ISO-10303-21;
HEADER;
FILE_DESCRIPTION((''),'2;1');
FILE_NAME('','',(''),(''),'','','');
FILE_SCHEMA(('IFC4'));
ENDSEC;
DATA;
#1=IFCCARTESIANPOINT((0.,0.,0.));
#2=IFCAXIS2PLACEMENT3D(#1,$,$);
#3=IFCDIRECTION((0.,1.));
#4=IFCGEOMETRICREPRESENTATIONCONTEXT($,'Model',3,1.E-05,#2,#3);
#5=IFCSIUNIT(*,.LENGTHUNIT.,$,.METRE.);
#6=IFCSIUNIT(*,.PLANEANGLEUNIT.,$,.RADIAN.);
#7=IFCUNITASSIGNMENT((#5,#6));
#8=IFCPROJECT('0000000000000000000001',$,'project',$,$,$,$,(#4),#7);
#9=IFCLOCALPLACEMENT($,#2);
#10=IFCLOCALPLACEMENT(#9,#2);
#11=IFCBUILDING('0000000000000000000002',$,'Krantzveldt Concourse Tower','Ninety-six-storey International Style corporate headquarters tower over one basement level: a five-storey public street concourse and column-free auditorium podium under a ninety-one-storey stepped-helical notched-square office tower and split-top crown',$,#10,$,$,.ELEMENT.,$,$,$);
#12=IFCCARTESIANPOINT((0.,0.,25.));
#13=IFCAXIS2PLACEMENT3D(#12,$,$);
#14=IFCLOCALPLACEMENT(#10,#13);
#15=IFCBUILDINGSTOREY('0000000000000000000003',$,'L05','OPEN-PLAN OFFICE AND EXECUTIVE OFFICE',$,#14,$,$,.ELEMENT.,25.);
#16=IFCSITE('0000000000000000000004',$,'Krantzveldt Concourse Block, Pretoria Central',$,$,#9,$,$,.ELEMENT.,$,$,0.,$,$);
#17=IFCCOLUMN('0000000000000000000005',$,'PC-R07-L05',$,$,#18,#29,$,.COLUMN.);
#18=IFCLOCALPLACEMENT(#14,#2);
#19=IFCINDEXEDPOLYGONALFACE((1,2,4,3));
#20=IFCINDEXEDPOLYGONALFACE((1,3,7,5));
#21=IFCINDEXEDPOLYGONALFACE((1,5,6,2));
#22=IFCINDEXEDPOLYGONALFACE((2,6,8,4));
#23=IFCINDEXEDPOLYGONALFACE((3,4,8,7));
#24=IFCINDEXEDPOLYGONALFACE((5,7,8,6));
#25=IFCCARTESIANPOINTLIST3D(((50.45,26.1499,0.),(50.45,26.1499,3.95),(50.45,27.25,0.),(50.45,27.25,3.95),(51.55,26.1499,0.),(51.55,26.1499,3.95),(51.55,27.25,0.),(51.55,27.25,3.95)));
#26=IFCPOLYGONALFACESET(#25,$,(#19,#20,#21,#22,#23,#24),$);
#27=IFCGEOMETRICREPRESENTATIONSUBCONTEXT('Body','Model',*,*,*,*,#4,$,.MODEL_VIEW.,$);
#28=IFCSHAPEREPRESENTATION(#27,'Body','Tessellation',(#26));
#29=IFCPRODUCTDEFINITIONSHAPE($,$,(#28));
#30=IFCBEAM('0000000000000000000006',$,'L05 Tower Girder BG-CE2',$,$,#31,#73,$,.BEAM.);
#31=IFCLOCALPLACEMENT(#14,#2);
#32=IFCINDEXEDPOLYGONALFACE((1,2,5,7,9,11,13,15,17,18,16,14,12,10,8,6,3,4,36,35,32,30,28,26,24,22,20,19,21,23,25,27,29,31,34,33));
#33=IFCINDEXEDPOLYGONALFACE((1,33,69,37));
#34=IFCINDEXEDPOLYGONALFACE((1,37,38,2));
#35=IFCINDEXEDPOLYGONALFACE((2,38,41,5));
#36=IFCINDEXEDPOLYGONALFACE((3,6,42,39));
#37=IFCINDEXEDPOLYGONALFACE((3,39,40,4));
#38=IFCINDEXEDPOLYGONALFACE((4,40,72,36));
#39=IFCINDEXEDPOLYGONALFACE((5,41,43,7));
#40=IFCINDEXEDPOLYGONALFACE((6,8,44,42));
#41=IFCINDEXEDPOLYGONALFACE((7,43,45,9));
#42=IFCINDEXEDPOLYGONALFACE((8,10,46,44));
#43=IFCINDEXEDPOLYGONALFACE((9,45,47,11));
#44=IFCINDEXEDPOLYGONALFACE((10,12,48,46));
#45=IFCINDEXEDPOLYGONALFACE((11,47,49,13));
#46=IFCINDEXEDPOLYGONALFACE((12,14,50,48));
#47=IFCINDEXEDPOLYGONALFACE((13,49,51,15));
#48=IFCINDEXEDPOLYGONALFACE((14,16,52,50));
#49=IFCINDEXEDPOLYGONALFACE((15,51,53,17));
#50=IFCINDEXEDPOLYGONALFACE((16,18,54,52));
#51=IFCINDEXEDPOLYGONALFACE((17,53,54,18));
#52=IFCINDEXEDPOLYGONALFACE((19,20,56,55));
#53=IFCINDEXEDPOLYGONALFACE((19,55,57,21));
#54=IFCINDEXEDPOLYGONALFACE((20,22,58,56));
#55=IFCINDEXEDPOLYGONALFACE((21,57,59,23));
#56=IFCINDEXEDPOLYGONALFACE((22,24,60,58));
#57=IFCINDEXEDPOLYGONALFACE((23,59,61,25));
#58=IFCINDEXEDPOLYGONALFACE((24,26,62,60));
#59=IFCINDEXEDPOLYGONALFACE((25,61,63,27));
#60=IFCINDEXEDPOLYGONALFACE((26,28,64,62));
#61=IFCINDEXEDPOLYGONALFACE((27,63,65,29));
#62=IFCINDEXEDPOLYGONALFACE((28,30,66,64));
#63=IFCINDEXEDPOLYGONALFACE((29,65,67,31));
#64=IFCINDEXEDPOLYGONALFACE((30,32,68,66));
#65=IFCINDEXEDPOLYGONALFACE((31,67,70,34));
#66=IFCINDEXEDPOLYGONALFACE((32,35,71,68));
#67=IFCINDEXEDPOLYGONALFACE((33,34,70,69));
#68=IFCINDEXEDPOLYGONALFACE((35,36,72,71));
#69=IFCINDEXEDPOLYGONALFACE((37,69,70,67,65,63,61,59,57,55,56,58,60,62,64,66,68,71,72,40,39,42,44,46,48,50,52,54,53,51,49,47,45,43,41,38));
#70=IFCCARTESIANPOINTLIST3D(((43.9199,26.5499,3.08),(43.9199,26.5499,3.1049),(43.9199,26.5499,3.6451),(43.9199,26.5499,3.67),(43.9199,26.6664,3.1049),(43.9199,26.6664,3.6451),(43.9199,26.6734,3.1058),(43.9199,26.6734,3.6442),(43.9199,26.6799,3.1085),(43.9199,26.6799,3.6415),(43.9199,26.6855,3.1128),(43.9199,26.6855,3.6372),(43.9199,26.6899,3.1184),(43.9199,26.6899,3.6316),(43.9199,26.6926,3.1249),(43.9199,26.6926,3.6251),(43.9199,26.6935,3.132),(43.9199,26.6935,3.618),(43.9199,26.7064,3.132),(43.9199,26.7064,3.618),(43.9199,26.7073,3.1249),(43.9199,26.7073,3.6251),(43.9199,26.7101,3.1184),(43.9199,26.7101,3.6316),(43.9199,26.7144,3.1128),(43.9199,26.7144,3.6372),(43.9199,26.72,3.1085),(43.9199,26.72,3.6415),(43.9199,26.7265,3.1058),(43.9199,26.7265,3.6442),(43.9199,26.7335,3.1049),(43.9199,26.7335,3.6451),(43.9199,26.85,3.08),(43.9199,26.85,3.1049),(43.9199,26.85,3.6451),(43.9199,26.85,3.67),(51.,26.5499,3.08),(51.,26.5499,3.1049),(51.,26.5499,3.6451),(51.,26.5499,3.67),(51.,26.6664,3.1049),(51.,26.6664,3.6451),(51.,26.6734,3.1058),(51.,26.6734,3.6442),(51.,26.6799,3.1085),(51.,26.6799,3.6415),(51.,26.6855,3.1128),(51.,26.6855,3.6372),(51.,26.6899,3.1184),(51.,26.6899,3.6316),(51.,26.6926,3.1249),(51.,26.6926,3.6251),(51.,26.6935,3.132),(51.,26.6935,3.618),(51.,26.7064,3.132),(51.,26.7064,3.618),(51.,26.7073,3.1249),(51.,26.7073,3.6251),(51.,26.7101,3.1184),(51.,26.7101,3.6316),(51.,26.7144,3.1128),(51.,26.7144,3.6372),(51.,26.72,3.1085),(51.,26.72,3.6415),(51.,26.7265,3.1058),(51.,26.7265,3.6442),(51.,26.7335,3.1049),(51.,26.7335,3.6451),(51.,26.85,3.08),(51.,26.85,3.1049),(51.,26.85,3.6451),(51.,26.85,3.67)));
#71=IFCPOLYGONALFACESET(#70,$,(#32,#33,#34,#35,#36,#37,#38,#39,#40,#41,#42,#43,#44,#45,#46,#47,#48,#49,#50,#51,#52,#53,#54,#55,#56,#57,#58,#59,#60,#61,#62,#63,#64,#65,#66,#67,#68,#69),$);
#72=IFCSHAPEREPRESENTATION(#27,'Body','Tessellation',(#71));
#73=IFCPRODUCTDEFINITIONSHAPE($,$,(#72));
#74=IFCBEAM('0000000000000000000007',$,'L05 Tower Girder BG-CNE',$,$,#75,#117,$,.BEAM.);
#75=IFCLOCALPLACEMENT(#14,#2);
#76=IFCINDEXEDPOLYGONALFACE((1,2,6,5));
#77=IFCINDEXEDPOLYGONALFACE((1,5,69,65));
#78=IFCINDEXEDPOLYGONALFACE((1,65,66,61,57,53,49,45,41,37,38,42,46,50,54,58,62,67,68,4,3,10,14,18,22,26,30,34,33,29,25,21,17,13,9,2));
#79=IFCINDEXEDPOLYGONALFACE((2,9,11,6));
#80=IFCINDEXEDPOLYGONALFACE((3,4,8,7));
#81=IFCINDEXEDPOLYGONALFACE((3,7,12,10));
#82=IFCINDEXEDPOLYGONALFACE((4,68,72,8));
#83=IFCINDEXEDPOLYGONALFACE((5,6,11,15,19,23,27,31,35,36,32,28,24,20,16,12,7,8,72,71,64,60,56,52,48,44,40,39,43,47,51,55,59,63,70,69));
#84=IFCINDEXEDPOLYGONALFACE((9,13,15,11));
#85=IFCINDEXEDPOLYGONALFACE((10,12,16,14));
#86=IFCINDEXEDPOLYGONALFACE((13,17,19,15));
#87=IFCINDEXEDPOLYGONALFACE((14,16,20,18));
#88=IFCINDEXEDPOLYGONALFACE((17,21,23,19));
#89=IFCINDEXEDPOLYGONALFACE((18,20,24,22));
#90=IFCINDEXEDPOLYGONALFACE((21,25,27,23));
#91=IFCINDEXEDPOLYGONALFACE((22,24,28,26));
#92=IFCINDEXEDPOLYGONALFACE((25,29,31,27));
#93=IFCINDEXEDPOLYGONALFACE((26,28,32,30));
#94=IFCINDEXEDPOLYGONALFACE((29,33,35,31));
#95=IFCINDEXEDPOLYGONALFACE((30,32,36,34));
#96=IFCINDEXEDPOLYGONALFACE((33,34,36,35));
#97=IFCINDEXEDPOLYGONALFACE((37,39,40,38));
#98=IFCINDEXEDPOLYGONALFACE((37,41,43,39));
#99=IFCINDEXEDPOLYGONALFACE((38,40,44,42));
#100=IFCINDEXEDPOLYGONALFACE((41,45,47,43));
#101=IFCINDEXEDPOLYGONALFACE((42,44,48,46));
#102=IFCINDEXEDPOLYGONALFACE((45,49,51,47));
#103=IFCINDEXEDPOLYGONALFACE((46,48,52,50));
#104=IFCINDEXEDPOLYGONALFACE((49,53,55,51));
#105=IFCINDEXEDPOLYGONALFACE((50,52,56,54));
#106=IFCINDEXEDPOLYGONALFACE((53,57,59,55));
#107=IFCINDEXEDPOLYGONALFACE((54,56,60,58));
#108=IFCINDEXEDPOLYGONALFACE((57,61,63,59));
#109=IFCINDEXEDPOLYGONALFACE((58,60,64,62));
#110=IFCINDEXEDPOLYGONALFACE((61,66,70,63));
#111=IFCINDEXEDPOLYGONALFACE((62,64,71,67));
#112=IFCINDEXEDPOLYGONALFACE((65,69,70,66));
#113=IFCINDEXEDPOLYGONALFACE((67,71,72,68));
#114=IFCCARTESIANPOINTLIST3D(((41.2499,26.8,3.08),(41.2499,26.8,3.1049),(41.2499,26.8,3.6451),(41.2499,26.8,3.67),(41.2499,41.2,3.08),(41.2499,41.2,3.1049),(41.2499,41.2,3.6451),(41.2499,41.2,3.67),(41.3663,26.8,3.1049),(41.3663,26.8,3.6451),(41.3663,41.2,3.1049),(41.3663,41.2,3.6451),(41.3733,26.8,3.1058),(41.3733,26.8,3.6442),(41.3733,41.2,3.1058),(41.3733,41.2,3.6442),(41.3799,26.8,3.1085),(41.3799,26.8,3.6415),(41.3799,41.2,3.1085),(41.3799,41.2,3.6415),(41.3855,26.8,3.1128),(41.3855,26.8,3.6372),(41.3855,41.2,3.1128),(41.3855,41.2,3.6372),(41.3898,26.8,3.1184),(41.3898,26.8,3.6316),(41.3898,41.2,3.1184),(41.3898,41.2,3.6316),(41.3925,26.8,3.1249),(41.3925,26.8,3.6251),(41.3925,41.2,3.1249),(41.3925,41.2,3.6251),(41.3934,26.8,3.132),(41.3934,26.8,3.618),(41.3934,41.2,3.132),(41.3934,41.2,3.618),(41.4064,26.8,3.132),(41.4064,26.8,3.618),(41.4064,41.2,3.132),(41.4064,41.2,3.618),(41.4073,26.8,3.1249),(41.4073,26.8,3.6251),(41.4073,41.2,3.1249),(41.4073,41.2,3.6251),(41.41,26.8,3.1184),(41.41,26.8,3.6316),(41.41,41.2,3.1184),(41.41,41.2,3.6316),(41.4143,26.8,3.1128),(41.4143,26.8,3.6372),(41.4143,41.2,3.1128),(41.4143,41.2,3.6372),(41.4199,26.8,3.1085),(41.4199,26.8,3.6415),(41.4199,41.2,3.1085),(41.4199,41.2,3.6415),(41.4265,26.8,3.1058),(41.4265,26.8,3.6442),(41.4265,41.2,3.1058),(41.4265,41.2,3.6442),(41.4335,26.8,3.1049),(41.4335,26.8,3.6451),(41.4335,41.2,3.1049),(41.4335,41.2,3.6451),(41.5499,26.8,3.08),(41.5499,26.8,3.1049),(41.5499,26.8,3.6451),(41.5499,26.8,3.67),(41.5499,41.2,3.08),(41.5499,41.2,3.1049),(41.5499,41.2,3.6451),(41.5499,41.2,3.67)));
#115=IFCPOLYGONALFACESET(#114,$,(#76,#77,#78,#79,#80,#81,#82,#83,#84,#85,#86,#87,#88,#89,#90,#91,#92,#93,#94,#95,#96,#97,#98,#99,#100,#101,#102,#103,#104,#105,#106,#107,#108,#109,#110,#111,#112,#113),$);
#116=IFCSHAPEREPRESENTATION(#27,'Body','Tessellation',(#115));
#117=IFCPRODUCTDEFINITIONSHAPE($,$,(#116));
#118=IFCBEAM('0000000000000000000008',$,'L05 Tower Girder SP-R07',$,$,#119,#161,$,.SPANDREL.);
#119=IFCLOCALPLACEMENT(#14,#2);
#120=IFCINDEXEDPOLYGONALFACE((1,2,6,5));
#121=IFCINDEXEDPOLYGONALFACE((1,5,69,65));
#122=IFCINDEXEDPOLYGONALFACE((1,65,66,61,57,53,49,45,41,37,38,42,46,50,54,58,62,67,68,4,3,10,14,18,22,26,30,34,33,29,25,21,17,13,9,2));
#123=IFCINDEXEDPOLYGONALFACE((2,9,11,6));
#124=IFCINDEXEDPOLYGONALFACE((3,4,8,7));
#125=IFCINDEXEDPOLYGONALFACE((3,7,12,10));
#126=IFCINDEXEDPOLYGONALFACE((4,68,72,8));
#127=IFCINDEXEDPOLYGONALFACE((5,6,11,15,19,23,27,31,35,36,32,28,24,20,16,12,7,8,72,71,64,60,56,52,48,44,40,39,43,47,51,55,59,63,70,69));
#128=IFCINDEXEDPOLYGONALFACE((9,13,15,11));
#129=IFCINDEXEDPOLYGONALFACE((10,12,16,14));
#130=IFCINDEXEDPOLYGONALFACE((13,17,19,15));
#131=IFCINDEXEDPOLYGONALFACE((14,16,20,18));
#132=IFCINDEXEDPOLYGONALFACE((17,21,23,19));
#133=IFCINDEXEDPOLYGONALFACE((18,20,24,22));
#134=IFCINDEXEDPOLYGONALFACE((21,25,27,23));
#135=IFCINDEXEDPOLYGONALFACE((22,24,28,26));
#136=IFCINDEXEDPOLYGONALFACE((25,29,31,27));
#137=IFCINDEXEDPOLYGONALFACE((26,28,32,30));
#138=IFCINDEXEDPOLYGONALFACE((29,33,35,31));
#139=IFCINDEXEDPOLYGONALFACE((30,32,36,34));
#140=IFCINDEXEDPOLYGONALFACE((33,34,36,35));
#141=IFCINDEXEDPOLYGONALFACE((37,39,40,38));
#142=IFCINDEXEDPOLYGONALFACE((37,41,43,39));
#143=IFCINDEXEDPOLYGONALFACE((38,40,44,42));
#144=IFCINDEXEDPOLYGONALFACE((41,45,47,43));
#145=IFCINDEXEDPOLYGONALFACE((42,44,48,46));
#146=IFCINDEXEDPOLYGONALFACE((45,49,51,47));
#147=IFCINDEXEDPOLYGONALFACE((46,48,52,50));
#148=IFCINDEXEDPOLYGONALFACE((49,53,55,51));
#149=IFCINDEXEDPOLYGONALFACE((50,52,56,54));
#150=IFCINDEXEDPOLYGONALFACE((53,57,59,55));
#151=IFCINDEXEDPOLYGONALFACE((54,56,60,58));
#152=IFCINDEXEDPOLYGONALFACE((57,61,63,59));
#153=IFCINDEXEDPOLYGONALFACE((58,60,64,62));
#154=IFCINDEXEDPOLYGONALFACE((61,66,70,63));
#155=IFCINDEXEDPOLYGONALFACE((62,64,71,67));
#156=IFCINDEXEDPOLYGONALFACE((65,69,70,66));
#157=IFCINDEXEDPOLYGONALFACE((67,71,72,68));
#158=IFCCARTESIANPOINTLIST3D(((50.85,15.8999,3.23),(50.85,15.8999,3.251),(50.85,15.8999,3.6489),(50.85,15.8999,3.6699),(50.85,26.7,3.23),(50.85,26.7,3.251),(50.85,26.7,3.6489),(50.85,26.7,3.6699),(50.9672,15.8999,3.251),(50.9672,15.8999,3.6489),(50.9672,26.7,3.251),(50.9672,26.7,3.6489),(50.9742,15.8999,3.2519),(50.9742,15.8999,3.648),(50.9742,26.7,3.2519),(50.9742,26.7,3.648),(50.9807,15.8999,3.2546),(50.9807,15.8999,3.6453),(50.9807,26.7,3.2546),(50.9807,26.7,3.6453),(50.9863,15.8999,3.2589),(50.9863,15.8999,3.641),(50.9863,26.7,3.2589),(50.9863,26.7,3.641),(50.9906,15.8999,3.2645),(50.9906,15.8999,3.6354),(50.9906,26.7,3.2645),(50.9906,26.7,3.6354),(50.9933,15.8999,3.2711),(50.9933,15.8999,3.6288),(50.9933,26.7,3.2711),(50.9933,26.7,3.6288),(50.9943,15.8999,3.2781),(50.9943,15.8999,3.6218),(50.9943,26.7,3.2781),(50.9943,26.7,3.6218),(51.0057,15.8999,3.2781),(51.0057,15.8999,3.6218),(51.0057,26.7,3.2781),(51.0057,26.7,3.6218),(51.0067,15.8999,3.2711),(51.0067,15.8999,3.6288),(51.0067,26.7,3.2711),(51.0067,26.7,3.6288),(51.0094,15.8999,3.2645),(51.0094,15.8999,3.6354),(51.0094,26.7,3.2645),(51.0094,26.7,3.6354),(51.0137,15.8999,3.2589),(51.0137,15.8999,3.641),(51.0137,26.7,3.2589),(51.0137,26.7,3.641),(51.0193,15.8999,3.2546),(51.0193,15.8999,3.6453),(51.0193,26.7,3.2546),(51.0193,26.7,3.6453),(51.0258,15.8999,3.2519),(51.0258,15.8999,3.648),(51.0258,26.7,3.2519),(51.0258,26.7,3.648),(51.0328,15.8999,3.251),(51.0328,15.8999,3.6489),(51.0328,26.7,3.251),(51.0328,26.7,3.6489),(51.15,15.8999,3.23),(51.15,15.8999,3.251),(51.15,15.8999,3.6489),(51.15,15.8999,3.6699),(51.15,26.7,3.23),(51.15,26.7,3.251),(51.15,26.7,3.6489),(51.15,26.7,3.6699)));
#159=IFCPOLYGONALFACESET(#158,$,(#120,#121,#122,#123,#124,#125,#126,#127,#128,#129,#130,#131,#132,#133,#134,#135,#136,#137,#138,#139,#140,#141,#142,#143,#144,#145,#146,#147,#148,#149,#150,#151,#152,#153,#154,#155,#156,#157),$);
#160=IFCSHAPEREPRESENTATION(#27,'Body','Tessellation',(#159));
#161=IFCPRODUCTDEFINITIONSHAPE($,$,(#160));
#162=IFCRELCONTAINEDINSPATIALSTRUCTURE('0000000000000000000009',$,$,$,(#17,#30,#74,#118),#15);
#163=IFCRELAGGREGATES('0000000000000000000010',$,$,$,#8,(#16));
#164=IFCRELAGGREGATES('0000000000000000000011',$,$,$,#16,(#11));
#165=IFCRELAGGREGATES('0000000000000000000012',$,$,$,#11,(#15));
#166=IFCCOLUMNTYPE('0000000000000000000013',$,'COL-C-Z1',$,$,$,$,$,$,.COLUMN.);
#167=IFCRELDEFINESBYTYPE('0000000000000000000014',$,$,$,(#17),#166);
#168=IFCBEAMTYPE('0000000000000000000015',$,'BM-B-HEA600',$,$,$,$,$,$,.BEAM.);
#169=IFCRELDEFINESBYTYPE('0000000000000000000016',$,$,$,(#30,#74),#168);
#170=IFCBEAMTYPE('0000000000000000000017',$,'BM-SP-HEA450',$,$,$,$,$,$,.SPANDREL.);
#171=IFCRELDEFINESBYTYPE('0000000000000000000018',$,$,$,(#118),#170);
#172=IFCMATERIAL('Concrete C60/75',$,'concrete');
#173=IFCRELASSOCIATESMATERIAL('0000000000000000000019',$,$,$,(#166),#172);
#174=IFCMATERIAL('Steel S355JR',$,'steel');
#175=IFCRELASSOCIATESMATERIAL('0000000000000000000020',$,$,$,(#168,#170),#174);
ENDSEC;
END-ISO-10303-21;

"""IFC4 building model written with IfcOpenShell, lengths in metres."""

from ifc_helpers import new_model, si_unit, direction, frame, origin, origin_2d, place, context, subcontext, project, spatial, rectangle, i_section, extrude, source, transform, mapped, material, material_profile, profile_set, type_object, type_shapes, element, save


model = new_model("IFC4")

# Units and contexts
model_context = context("Model", 3, precision=1e-05, world=origin(), true_north=direction((0.0, 1.0)))
body_context = subcontext(model_context, "Body", "Model", "MODEL_VIEW")
ifc_project = project(units=[si_unit("LENGTHUNIT", "METRE"), si_unit("PLANEANGLEUNIT", "RADIAN")], contexts=[model_context])

# Site, building, storey
site_placement = place(None, origin())
site = spatial("IfcSite", under=ifc_project, at=site_placement, Name="Krantzveldt Concourse Block, Pretoria Central", CompositionType="ELEMENT", RefElevation=0.0)
building_placement = place(site_placement, origin())
building = spatial("IfcBuilding", under=site, at=building_placement, Name="Krantzveldt Concourse Tower", Description="Ninety-six-storey International Style corporate headquarters tower over one basement level: a five-storey public street concourse and column-free auditorium podium under a ninety-one-storey stepped-helical notched-square office tower and split-top crown", CompositionType="ELEMENT")
storey_placement = place(building_placement, frame((0.0, 0.0, 25.0)))
storey = spatial("IfcBuildingStorey", under=building, at=storey_placement, Name="L05", Description="OPEN-PLAN OFFICE AND EXECUTIVE OFFICE", CompositionType="ELEMENT", Elevation=25.0)

# Column
ifc_material_1 = material(Name="Concrete C60/75", Category="concrete")
ifc_material_profile_1 = material_profile(ifc_material_1, rectangle(XDim=1.1001, YDim=1.1001, at=origin_2d()), Name="Concrete C60/75", Category="concrete")
ifc_profile_set_1 = profile_set([ifc_material_profile_1], Name="Concrete C60/75 - RC 1100x1100")
column_type = type_object("IfcColumnType", Name="COL-C-Z1", PredefinedType="COLUMN", material=ifc_profile_set_1)
shared_shape_1 = source(origin(), body_context, "Body", "SweptSolid", [
    extrude(rectangle(XDim=1.1001, YDim=1.1001, at=origin_2d()), origin(), (0.0, 0.0, 1.0), 3.95),
])
type_shapes(column_type, [shared_shape_1])
column_placement = place(storey_placement, frame((51.0, 26.7, 0.0), z_axis=(0.0, 0.0, 1.0), x_axis=(1.0, 0.0, 0.0)))
element("IfcColumn", 1, at=column_placement, inside=storey, type_object=column_type, Name="PC-R07-L05", PredefinedType="COLUMN", context=body_context, shape_type="MappedRepresentation", body=[
    mapped(shared_shape_1, transform((0.0, 0.0, 0.0), x_axis=(1.0, 0.0, 0.0), y_axis=(0.0, 1.0, 0.0), z_axis=(0.0, 0.0, 1.0), scale=1.0)),
])

# Beams
ifc_material_2 = material(Name="Steel S355JR", Category="steel")
ifc_material_profile_2 = material_profile(ifc_material_2, i_section(OverallWidth=0.3, OverallDepth=0.5901, WebThickness=0.0129, FlangeThickness=0.0249, FilletRadius=0.0271, at=origin_2d()), Name="Steel S355JR", Category="steel")
ifc_profile_set_2 = profile_set([ifc_material_profile_2], Name="Steel S355JR - HEA 600")
beam_type_1 = type_object("IfcBeamType", Name="BM-B-HEA600", PredefinedType="BEAM", material=ifc_profile_set_2)
shared_shape_2 = source(origin(), body_context, "Body", "SweptSolid", [
    extrude(i_section(OverallWidth=0.3, OverallDepth=0.5901, WebThickness=0.0129, FlangeThickness=0.0249, FilletRadius=0.0271, at=origin_2d()), origin(), (0.0, 0.0, 1.0), 7.0801),
])
beam_1_placement = place(storey_placement, frame((43.9199, 26.7, 3.375), z_axis=(1.0, 0.0, 0.0), x_axis=(0.0, 1.0, 0.0)))
element("IfcBeam", 2, at=beam_1_placement, inside=storey, type_object=beam_type_1, Name="L05 Tower Girder BG-CE2", PredefinedType="BEAM", context=body_context, shape_type="MappedRepresentation", body=[
    mapped(shared_shape_2, transform((0.0, 0.0, 0.0), x_axis=(1.0, 0.0, 0.0), y_axis=(0.0, 1.0, 0.0), z_axis=(0.0, 0.0, 1.0), scale=1.0)),
])
shared_shape_3 = source(origin(), body_context, "Body", "SweptSolid", [
    extrude(i_section(OverallWidth=0.3, OverallDepth=0.5901, WebThickness=0.0129, FlangeThickness=0.0249, FilletRadius=0.0271, at=origin_2d()), origin(), (0.0, 0.0, 1.0), 14.3999),
])
type_shapes(beam_type_1, [shared_shape_2, shared_shape_3])
beam_2_placement = place(storey_placement, frame((41.3999, 26.8, 3.375), z_axis=(0.0, 1.0, 0.0), x_axis=(-1.0, 0.0, 0.0)))
element("IfcBeam", 3, at=beam_2_placement, inside=storey, type_object=beam_type_1, Name="L05 Tower Girder BG-CNE", PredefinedType="BEAM", context=body_context, shape_type="MappedRepresentation", body=[
    mapped(shared_shape_3, transform((0.0, 0.0, 0.0), x_axis=(1.0, 0.0, 0.0), y_axis=(0.0, 1.0, 0.0), z_axis=(0.0, 0.0, 1.0), scale=1.0)),
])
ifc_material_profile_3 = material_profile(ifc_material_2, i_section(OverallWidth=0.3, OverallDepth=0.4399, WebThickness=0.0115, FlangeThickness=0.021, FilletRadius=0.0271, at=origin_2d()), Name="Steel S355JR", Category="steel")
ifc_profile_set_3 = profile_set([ifc_material_profile_3], Name="Steel S355JR - HEA 450")
beam_type_2 = type_object("IfcBeamType", Name="BM-SP-HEA450", PredefinedType="SPANDREL", material=ifc_profile_set_3)
shared_shape_4 = source(origin(), body_context, "Body", "SweptSolid", [
    extrude(i_section(OverallWidth=0.3, OverallDepth=0.4399, WebThickness=0.0115, FlangeThickness=0.021, FilletRadius=0.0271, at=origin_2d()), origin(), (0.0, 0.0, 1.0), 10.8),
])
type_shapes(beam_type_2, [shared_shape_4])
beam_3_placement = place(storey_placement, frame((51.0, 26.7, 3.45), z_axis=(0.0, -1.0, 0.0), x_axis=(1.0, 0.0, 0.0)))
element("IfcBeam", 4, at=beam_3_placement, inside=storey, type_object=beam_type_2, Name="L05 Tower Girder SP-R07", PredefinedType="SPANDREL", context=body_context, shape_type="MappedRepresentation", body=[
    mapped(shared_shape_4, transform((0.0, 0.0, 0.0), x_axis=(1.0, 0.0, 0.0), y_axis=(0.0, 1.0, 0.0), z_axis=(0.0, 0.0, 1.0), scale=1.0)),
])

save(model, "model.ifc")
